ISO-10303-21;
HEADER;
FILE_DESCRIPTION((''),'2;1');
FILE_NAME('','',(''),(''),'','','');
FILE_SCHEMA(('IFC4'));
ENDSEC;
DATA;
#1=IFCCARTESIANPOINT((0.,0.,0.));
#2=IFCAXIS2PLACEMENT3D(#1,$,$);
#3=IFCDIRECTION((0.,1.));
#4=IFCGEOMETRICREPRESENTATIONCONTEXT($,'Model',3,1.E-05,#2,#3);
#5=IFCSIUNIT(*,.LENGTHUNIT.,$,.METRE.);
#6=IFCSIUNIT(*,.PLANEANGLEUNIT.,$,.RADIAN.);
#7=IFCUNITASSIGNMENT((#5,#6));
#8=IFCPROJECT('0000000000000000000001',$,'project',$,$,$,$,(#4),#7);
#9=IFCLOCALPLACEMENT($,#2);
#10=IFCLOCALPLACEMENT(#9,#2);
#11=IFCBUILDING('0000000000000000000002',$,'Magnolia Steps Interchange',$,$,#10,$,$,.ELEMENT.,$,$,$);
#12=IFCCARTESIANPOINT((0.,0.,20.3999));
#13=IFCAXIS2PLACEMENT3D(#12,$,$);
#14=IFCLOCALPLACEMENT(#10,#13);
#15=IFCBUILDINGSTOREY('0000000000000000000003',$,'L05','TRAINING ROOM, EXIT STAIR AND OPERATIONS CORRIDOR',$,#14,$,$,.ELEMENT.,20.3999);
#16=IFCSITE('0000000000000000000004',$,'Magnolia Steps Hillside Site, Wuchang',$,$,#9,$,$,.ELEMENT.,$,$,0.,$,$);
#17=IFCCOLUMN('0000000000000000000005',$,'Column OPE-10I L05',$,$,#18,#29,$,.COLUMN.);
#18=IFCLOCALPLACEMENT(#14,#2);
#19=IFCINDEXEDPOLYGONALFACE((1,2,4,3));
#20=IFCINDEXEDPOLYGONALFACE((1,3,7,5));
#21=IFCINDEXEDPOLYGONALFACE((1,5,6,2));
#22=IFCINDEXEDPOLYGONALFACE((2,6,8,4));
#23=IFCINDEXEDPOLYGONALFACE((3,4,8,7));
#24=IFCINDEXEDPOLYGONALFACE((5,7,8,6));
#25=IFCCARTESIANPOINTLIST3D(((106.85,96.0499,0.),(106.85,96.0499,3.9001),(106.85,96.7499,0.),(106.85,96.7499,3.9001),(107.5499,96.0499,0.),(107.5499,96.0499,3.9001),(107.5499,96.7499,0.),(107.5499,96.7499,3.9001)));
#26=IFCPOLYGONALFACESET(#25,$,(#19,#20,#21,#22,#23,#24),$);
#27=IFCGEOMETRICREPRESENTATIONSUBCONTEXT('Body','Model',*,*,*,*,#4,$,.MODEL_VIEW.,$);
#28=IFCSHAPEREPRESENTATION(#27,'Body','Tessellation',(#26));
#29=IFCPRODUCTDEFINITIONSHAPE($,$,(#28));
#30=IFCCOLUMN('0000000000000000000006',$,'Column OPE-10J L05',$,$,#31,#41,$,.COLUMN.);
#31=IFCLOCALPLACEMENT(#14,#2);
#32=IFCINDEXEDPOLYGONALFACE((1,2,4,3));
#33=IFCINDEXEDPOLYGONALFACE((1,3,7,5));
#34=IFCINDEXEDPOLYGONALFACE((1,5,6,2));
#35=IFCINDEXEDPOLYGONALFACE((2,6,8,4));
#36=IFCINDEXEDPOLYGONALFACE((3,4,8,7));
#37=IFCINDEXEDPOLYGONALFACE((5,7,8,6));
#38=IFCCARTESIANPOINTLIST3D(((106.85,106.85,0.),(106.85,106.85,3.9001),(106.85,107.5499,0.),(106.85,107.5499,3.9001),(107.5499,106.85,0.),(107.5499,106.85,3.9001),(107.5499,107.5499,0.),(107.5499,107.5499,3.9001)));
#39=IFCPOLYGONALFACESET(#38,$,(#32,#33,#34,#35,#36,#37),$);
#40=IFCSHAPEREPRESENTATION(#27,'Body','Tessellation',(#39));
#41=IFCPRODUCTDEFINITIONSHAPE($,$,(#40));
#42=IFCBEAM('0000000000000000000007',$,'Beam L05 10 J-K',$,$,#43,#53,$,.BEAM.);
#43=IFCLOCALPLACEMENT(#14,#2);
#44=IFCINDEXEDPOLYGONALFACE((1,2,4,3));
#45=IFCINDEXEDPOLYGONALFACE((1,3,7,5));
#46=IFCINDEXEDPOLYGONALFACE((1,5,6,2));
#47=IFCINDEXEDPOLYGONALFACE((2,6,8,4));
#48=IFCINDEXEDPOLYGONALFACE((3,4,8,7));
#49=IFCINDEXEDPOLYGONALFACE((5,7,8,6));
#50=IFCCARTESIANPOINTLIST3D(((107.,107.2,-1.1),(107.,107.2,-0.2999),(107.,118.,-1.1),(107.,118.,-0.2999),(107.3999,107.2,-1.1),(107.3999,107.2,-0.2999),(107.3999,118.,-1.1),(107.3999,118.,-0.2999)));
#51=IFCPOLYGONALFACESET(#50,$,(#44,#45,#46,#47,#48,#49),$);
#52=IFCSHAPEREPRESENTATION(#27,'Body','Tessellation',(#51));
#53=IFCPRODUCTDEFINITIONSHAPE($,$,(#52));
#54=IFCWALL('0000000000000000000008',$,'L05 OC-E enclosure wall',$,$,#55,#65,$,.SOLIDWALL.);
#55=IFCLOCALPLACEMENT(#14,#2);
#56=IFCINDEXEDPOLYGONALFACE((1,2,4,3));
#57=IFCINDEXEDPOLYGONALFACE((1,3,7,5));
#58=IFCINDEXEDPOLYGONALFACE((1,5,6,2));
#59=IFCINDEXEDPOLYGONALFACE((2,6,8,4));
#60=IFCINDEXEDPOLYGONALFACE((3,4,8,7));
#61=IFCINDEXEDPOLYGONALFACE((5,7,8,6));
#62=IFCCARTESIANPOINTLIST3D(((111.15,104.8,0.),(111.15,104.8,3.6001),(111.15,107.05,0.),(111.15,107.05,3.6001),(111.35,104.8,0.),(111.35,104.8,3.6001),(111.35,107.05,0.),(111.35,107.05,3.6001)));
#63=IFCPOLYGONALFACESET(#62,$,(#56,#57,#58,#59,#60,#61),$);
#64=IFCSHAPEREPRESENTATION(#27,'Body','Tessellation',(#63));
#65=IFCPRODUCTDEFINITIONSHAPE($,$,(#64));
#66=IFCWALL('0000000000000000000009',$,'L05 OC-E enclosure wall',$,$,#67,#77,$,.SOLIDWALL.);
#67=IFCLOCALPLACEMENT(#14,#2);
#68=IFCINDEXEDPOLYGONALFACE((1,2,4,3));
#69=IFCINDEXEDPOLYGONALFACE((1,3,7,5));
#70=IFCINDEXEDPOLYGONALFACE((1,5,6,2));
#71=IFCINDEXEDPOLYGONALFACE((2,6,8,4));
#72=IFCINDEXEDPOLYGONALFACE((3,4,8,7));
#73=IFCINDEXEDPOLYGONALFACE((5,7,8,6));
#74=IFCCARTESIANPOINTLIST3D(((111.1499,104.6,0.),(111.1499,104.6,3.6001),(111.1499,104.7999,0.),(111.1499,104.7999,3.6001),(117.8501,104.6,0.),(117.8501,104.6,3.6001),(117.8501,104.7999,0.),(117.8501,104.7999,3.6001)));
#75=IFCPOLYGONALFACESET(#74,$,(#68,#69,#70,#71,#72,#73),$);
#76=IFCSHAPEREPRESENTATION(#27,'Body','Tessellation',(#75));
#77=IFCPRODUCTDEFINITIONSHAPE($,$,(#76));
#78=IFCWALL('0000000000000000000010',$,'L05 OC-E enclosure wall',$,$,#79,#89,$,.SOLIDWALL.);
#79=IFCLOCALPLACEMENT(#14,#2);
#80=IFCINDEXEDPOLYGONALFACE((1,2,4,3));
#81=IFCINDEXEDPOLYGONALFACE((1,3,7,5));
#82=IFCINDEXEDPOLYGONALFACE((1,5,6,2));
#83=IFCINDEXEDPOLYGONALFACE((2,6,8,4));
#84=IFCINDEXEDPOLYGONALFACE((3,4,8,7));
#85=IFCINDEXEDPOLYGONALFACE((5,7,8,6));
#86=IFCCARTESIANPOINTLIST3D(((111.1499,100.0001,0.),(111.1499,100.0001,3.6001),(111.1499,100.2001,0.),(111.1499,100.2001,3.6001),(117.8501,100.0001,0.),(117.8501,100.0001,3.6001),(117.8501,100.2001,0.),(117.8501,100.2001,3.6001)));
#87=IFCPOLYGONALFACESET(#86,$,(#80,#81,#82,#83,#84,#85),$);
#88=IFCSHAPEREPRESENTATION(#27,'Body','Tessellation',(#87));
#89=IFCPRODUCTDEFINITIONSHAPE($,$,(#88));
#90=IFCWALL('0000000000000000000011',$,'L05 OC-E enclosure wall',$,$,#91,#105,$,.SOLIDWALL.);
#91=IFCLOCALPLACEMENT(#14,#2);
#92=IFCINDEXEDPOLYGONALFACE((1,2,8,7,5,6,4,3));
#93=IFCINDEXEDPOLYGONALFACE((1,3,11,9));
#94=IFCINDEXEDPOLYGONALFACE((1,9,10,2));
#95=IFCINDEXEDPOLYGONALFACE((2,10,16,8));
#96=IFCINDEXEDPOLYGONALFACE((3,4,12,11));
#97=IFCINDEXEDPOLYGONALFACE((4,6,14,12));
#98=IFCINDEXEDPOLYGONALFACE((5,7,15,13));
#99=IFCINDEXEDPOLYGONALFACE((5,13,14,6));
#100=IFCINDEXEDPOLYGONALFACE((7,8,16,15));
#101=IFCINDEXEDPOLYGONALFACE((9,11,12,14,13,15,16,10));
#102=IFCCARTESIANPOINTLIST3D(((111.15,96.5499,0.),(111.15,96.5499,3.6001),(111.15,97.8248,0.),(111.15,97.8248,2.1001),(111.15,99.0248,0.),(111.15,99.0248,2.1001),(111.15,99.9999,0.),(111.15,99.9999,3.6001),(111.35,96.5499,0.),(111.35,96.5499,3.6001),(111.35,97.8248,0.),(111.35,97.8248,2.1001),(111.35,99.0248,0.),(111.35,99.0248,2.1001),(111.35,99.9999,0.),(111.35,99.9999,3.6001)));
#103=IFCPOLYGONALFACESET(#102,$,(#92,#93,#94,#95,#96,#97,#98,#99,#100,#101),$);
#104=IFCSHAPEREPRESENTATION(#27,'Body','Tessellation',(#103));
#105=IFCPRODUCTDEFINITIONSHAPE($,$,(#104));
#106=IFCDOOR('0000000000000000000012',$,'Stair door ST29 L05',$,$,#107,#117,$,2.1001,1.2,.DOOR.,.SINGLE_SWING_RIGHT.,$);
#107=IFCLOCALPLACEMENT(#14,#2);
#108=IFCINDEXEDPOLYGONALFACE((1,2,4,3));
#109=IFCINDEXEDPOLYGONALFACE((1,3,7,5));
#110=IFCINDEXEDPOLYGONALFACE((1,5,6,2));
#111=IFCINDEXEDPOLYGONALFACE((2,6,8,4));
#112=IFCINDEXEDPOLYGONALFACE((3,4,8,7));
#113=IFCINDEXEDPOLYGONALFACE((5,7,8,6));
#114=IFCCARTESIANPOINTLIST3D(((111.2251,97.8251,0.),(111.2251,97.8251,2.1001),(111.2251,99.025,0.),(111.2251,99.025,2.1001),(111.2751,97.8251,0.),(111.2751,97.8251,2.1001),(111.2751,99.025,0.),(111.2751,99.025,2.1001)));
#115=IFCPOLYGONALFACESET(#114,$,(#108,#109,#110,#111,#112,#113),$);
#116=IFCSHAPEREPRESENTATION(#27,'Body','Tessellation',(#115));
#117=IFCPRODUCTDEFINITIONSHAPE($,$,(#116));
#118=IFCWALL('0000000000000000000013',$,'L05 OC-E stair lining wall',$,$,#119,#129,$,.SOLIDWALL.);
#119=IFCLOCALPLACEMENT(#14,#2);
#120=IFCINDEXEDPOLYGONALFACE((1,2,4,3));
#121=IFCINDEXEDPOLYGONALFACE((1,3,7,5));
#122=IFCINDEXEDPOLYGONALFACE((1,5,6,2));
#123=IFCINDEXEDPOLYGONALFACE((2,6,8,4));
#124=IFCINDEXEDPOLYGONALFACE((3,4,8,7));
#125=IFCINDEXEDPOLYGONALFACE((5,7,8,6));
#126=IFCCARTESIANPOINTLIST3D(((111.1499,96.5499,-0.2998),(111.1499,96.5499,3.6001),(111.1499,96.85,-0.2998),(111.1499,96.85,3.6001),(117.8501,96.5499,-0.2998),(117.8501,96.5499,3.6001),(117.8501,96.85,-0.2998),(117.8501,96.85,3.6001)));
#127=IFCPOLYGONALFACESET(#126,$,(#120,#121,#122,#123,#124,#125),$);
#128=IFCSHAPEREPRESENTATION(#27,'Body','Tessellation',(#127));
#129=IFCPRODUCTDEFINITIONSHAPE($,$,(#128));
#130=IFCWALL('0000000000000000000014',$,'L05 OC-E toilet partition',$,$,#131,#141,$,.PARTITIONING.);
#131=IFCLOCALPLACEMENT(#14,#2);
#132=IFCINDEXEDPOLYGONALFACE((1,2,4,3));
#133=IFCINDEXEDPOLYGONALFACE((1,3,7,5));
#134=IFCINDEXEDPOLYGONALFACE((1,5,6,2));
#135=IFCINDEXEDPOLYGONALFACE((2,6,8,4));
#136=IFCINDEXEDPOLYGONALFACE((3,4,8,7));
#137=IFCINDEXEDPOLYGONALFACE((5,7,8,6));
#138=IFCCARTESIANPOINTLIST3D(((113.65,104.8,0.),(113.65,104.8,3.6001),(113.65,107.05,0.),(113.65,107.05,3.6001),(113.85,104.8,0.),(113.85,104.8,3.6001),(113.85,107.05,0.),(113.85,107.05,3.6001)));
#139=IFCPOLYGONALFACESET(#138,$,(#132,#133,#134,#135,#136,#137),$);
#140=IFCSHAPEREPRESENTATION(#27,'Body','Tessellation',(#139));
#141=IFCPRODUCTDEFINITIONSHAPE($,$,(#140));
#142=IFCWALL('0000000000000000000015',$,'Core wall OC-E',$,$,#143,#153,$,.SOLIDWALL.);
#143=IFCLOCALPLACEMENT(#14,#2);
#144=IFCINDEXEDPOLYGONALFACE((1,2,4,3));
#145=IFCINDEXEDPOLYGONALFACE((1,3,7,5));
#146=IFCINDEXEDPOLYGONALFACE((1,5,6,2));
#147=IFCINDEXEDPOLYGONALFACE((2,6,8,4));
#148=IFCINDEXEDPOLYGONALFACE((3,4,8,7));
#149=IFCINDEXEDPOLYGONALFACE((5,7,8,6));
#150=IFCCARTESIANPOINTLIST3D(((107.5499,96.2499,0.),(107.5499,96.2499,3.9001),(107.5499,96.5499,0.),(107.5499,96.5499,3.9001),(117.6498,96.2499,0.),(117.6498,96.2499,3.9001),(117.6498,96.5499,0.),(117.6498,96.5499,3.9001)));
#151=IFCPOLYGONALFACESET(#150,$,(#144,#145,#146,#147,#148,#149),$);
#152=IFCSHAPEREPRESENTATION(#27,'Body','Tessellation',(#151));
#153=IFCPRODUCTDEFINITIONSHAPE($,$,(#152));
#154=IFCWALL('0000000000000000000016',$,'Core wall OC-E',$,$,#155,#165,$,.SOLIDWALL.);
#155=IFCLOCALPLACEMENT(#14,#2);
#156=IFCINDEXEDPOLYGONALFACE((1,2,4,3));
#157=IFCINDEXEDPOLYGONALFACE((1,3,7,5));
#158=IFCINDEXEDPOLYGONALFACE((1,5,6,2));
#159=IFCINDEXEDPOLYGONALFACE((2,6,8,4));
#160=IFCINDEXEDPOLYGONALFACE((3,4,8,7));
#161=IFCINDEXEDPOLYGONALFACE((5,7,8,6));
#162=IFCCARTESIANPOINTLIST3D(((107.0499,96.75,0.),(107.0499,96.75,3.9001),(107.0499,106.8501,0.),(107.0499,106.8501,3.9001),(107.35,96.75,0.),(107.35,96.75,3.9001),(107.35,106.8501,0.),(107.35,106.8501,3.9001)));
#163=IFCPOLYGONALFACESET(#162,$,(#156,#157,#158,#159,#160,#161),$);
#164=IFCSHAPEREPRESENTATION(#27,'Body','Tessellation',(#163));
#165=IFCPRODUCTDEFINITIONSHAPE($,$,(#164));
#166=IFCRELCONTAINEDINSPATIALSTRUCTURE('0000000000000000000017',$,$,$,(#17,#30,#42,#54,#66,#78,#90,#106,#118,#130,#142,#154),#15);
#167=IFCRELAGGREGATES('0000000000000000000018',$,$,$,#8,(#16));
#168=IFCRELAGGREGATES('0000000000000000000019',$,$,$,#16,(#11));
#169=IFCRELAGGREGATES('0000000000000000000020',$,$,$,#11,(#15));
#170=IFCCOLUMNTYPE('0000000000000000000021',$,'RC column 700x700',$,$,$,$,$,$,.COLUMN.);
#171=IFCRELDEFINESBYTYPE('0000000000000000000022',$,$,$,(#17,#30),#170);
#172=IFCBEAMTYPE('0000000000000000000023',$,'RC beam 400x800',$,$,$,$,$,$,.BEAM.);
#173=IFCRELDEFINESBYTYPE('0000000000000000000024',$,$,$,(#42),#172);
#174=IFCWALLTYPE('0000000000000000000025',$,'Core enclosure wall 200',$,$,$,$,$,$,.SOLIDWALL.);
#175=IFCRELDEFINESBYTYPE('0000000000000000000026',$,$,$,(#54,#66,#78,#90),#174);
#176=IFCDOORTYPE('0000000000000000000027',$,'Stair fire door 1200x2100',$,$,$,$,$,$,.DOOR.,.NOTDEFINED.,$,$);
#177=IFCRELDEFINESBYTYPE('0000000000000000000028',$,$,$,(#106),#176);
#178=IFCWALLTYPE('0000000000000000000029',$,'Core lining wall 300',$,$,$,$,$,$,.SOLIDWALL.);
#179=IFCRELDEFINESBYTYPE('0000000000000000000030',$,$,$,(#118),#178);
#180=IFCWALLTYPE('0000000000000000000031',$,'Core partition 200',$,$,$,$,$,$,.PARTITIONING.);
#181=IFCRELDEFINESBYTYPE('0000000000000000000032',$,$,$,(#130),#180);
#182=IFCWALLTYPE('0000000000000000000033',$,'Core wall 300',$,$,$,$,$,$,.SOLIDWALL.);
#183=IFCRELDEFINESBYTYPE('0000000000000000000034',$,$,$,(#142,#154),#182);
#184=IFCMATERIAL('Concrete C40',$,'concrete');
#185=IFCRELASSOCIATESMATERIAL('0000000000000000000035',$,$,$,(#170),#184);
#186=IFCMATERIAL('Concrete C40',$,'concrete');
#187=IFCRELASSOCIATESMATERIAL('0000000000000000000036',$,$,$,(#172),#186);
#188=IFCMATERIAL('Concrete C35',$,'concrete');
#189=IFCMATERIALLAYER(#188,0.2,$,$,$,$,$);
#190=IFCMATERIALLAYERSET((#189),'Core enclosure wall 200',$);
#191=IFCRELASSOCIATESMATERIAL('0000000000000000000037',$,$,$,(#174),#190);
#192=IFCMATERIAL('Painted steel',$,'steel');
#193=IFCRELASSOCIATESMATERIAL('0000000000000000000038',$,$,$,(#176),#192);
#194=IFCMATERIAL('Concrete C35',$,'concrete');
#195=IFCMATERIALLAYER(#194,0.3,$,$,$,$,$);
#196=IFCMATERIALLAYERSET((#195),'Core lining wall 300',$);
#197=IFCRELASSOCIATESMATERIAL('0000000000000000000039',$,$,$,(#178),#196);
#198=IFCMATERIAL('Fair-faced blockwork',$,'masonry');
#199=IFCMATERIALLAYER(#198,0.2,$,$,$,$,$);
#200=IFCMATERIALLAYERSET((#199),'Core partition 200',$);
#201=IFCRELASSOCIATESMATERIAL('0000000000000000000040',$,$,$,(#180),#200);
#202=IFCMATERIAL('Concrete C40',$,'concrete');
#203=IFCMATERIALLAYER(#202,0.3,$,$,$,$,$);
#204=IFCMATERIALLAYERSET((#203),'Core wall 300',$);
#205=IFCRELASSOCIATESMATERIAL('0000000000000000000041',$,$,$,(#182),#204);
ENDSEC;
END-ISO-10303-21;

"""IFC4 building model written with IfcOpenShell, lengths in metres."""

from ifc_helpers import new_model, si_unit, direction, frame, frame_2d, origin, origin_2d, place, context, subcontext, project, spatial, rectangle, extrude, material, layer, layer_set, material_profile, profile_set, type_object, element, fill, save


model = new_model("IFC4")

# Units and contexts
model_context = context("Model", 3, precision=1e-05, world=origin(), true_north=direction((0.0, 1.0)))
body_context = subcontext(model_context, "Body", "Model", "MODEL_VIEW")
ifc_project = project(units=[si_unit("LENGTHUNIT", "METRE"), si_unit("PLANEANGLEUNIT", "RADIAN")], contexts=[model_context])

# Site, building, storey
site_placement = place(None, origin())
site = spatial("IfcSite", under=ifc_project, at=site_placement, Name="Magnolia Steps Hillside Site, Wuchang", CompositionType="ELEMENT", RefElevation=0.0)
building_placement = place(site_placement, origin())
building = spatial("IfcBuilding", under=site, at=building_placement, Name="Magnolia Steps Interchange", CompositionType="ELEMENT")
storey_placement = place(building_placement, frame((0.0, 0.0, 20.3999)))
storey = spatial("IfcBuildingStorey", under=building, at=storey_placement, Name="L05", Description="TRAINING ROOM, EXIT STAIR AND OPERATIONS CORRIDOR", CompositionType="ELEMENT", Elevation=20.3999)

# Columns
ifc_material_1 = material(Name="Concrete C40", Category="concrete")
ifc_material_profile_1 = material_profile(ifc_material_1, rectangle(XDim=0.7, YDim=0.7, at=origin_2d()), Name="RC700x700")
ifc_profile_set_1 = profile_set([ifc_material_profile_1], Name="Concrete C40")
column_type = type_object("IfcColumnType", Name="RC column 700x700", PredefinedType="COLUMN", material=ifc_profile_set_1)
for number, where, z_axis, x_axis, name in (
    (1, (107.2, 96.3999, 0.0), (0.0, 0.0, 1.0), (1.0, 0.0, 0.0), "Column OPE-10I L05"),
    (2, (107.2, 107.2, 0.0), (0.0, 0.0, 1.0), (1.0, 0.0, 0.0), "Column OPE-10J L05"),
):
    element("IfcColumn", number, at=place(storey_placement, frame(where, z_axis=z_axis, x_axis=x_axis)), inside=storey, type_object=column_type, Name=name, PredefinedType="COLUMN", context=body_context, shape_type="SweptSolid", body=[
        extrude(rectangle(XDim=0.7, YDim=0.7, at=origin_2d()), origin(), (0.0, 0.0, 1.0), 3.9001),
    ])

# Beam
ifc_material_2 = material(Name="Concrete C40", Category="concrete")
ifc_material_profile_2 = material_profile(ifc_material_2, rectangle(XDim=0.3999, YDim=0.8, at=origin_2d()), Name="RC400x800")
ifc_profile_set_2 = profile_set([ifc_material_profile_2], Name="Concrete C40")
beam_type = type_object("IfcBeamType", Name="RC beam 400x800", PredefinedType="BEAM", material=ifc_profile_set_2)
beam_placement = place(storey_placement, frame((107.2, 107.2, -0.7), z_axis=(0.0, 1.0, 0.0), x_axis=(-1.0, 0.0, 0.0)))
element("IfcBeam", 3, at=beam_placement, inside=storey, type_object=beam_type, Name="Beam L05 10 J-K", PredefinedType="BEAM", context=body_context, shape_type="SweptSolid", body=[
    extrude(rectangle(XDim=0.3999, YDim=0.8, at=origin_2d()), origin(), (0.0, 0.0, 1.0), 10.8),
])

# Walls
ifc_material_3 = material(Name="Concrete C35", Category="concrete")
ifc_layer_1 = layer(ifc_material_3, 0.2)
ifc_layer_set_1 = layer_set([ifc_layer_1], Name="Core enclosure wall 200")
wall_type_1 = type_object("IfcWallType", Name="Core enclosure wall 200", PredefinedType="SOLIDWALL", material=ifc_layer_set_1)
wall_1_placement = place(storey_placement, frame((111.25, 107.05, 0.0), z_axis=(0.0, 0.0, 1.0), x_axis=(0.0, -1.0, 0.0)))
element("IfcWall", 4, at=wall_1_placement, inside=storey, type_object=wall_type_1, Name="L05 OC-E enclosure wall", PredefinedType="SOLIDWALL", context=body_context, shape_type="SweptSolid", body=[
    extrude(rectangle(XDim=2.25, YDim=0.2, at=frame_2d((1.125, 0.0))), origin(), (0.0, 0.0, 1.0), 3.6001),
])
for number, where, z_axis, x_axis, name in (
    (5, (111.1499, 104.7, 0.0), (0.0, 0.0, 1.0), (1.0, 0.0, 0.0), "L05 OC-E enclosure wall"),
    (6, (111.1499, 100.1001, 0.0), (0.0, 0.0, 1.0), (1.0, 0.0, 0.0), "L05 OC-E enclosure wall"),
):
    element("IfcWall", number, at=place(storey_placement, frame(where, z_axis=z_axis, x_axis=x_axis)), inside=storey, type_object=wall_type_1, Name=name, PredefinedType="SOLIDWALL", context=body_context, shape_type="SweptSolid", body=[
        extrude(rectangle(XDim=6.7002, YDim=0.2, at=frame_2d((3.3501, 0.0))), origin(), (0.0, 0.0, 1.0), 3.6001),
    ])

# Wall, opening, door
wall_2_placement = place(storey_placement, frame((111.25, 100.0, 0.0), z_axis=(0.0, 0.0, 1.0), x_axis=(0.0, -1.0, 0.0)))
wall_2 = element("IfcWall", 7, at=wall_2_placement, inside=storey, type_object=wall_type_1, Name="L05 OC-E enclosure wall", PredefinedType="SOLIDWALL", context=body_context, shape_type="SweptSolid", body=[
    extrude(rectangle(XDim=3.45, YDim=0.2, at=frame_2d((1.7251, 0.0))), origin(), (0.0, 0.0, 1.0), 3.6001),
])
opening_placement = place(wall_2_placement, frame((0.9751, 0.0, 0.0)))
opening = element("IfcOpeningElement", 8, at=opening_placement, cuts=wall_2, PredefinedType="OPENING", context=body_context, shape_type="SweptSolid", body=[
    extrude(rectangle(XDim=1.2, YDim=2.1001, at=frame_2d((0.6001, 1.05))), frame((0.0, 0.1099, 0.0), z_axis=(0.0, -1.0, 0.0), x_axis=(1.0, 0.0, 0.0)), (0.0, 0.0, 1.0), 0.22),
])
ifc_material_4 = material(Name="Painted steel", Category="steel")
door_type = type_object("IfcDoorType", Name="Stair fire door 1200x2100", OperationType="NOTDEFINED", PredefinedType="DOOR", material=ifc_material_4)
door_placement = place(opening_placement, frame((1.2, 0.0, 0.0), z_axis=(0.0, 0.0, 1.0), x_axis=(-1.0, 0.0, 0.0)))
door = element("IfcDoor", 9, at=door_placement, inside=storey, type_object=door_type, Name="Stair door ST29 L05", OperationType="SINGLE_SWING_RIGHT", OverallHeight=2.1001, OverallWidth=1.2, PredefinedType="DOOR", context=body_context, shape_type="SweptSolid", body=[
    extrude(rectangle(XDim=1.2, YDim=2.1001, at=frame_2d((0.6001, 1.05))), frame((0.0, 0.0249, 0.0), z_axis=(0.0, -1.0, 0.0), x_axis=(1.0, 0.0, 0.0)), (0.0, 0.0, 1.0), 0.05),
])
fill(opening, door)

# Walls
ifc_material_5 = material(Name="Concrete C35", Category="concrete")
ifc_layer_2 = layer(ifc_material_5, 0.3)
ifc_layer_set_2 = layer_set([ifc_layer_2], Name="Core lining wall 300")
wall_type_2 = type_object("IfcWallType", Name="Core lining wall 300", PredefinedType="SOLIDWALL", material=ifc_layer_set_2)
wall_3_placement = place(storey_placement, frame((111.1499, 96.7, -0.2998), z_axis=(0.0, 0.0, 1.0), x_axis=(1.0, 0.0, 0.0)))
element("IfcWall", 10, at=wall_3_placement, inside=storey, type_object=wall_type_2, Name="L05 OC-E stair lining wall", PredefinedType="SOLIDWALL", context=body_context, shape_type="SweptSolid", body=[
    extrude(rectangle(XDim=6.7002, YDim=0.3, at=frame_2d((3.3501, 0.0))), origin(), (0.0, 0.0, 1.0), 3.8999),
])
ifc_material_6 = material(Name="Fair-faced blockwork", Category="masonry")
ifc_layer_3 = layer(ifc_material_6, 0.2)
ifc_layer_set_3 = layer_set([ifc_layer_3], Name="Core partition 200")
wall_type_3 = type_object("IfcWallType", Name="Core partition 200", PredefinedType="PARTITIONING", material=ifc_layer_set_3)
wall_4_placement = place(storey_placement, frame((113.75, 107.05, 0.0), z_axis=(0.0, 0.0, 1.0), x_axis=(0.0, -1.0, 0.0)))
element("IfcWall", 11, at=wall_4_placement, inside=storey, type_object=wall_type_3, Name="L05 OC-E toilet partition", PredefinedType="PARTITIONING", context=body_context, shape_type="SweptSolid", body=[
    extrude(rectangle(XDim=2.25, YDim=0.2, at=frame_2d((1.125, 0.0))), origin(), (0.0, 0.0, 1.0), 3.6001),
])
ifc_material_7 = material(Name="Concrete C40", Category="concrete")
ifc_layer_4 = layer(ifc_material_7, 0.3)
ifc_layer_set_4 = layer_set([ifc_layer_4], Name="Core wall 300")
wall_type_4 = type_object("IfcWallType", Name="Core wall 300", PredefinedType="SOLIDWALL", material=ifc_layer_set_4)
wall_5_placement = place(storey_placement, frame((107.55, 96.3999, 0.0), z_axis=(0.0, 0.0, 1.0), x_axis=(1.0, 0.0, 0.0)))
element("IfcWall", 12, at=wall_5_placement, inside=storey, type_object=wall_type_4, Name="Core wall OC-E", PredefinedType="SOLIDWALL", context=body_context, shape_type="SweptSolid", body=[
    extrude(rectangle(XDim=10.0999, YDim=0.3, at=frame_2d((5.0498, 0.0))), origin(), (0.0, 0.0, 1.0), 3.9001),
])
wall_6_placement = place(storey_placement, frame((107.2, 106.8501, 0.0), z_axis=(0.0, 0.0, 1.0), x_axis=(0.0, -1.0, 0.0)))
element("IfcWall", 13, at=wall_6_placement, inside=storey, type_object=wall_type_4, Name="Core wall OC-E", PredefinedType="SOLIDWALL", context=body_context, shape_type="SweptSolid", body=[
    extrude(rectangle(XDim=10.1001, YDim=0.3, at=frame_2d((5.05, 0.0))), origin(), (0.0, 0.0, 1.0), 3.9001),
])

save(model, "model.ifc")
